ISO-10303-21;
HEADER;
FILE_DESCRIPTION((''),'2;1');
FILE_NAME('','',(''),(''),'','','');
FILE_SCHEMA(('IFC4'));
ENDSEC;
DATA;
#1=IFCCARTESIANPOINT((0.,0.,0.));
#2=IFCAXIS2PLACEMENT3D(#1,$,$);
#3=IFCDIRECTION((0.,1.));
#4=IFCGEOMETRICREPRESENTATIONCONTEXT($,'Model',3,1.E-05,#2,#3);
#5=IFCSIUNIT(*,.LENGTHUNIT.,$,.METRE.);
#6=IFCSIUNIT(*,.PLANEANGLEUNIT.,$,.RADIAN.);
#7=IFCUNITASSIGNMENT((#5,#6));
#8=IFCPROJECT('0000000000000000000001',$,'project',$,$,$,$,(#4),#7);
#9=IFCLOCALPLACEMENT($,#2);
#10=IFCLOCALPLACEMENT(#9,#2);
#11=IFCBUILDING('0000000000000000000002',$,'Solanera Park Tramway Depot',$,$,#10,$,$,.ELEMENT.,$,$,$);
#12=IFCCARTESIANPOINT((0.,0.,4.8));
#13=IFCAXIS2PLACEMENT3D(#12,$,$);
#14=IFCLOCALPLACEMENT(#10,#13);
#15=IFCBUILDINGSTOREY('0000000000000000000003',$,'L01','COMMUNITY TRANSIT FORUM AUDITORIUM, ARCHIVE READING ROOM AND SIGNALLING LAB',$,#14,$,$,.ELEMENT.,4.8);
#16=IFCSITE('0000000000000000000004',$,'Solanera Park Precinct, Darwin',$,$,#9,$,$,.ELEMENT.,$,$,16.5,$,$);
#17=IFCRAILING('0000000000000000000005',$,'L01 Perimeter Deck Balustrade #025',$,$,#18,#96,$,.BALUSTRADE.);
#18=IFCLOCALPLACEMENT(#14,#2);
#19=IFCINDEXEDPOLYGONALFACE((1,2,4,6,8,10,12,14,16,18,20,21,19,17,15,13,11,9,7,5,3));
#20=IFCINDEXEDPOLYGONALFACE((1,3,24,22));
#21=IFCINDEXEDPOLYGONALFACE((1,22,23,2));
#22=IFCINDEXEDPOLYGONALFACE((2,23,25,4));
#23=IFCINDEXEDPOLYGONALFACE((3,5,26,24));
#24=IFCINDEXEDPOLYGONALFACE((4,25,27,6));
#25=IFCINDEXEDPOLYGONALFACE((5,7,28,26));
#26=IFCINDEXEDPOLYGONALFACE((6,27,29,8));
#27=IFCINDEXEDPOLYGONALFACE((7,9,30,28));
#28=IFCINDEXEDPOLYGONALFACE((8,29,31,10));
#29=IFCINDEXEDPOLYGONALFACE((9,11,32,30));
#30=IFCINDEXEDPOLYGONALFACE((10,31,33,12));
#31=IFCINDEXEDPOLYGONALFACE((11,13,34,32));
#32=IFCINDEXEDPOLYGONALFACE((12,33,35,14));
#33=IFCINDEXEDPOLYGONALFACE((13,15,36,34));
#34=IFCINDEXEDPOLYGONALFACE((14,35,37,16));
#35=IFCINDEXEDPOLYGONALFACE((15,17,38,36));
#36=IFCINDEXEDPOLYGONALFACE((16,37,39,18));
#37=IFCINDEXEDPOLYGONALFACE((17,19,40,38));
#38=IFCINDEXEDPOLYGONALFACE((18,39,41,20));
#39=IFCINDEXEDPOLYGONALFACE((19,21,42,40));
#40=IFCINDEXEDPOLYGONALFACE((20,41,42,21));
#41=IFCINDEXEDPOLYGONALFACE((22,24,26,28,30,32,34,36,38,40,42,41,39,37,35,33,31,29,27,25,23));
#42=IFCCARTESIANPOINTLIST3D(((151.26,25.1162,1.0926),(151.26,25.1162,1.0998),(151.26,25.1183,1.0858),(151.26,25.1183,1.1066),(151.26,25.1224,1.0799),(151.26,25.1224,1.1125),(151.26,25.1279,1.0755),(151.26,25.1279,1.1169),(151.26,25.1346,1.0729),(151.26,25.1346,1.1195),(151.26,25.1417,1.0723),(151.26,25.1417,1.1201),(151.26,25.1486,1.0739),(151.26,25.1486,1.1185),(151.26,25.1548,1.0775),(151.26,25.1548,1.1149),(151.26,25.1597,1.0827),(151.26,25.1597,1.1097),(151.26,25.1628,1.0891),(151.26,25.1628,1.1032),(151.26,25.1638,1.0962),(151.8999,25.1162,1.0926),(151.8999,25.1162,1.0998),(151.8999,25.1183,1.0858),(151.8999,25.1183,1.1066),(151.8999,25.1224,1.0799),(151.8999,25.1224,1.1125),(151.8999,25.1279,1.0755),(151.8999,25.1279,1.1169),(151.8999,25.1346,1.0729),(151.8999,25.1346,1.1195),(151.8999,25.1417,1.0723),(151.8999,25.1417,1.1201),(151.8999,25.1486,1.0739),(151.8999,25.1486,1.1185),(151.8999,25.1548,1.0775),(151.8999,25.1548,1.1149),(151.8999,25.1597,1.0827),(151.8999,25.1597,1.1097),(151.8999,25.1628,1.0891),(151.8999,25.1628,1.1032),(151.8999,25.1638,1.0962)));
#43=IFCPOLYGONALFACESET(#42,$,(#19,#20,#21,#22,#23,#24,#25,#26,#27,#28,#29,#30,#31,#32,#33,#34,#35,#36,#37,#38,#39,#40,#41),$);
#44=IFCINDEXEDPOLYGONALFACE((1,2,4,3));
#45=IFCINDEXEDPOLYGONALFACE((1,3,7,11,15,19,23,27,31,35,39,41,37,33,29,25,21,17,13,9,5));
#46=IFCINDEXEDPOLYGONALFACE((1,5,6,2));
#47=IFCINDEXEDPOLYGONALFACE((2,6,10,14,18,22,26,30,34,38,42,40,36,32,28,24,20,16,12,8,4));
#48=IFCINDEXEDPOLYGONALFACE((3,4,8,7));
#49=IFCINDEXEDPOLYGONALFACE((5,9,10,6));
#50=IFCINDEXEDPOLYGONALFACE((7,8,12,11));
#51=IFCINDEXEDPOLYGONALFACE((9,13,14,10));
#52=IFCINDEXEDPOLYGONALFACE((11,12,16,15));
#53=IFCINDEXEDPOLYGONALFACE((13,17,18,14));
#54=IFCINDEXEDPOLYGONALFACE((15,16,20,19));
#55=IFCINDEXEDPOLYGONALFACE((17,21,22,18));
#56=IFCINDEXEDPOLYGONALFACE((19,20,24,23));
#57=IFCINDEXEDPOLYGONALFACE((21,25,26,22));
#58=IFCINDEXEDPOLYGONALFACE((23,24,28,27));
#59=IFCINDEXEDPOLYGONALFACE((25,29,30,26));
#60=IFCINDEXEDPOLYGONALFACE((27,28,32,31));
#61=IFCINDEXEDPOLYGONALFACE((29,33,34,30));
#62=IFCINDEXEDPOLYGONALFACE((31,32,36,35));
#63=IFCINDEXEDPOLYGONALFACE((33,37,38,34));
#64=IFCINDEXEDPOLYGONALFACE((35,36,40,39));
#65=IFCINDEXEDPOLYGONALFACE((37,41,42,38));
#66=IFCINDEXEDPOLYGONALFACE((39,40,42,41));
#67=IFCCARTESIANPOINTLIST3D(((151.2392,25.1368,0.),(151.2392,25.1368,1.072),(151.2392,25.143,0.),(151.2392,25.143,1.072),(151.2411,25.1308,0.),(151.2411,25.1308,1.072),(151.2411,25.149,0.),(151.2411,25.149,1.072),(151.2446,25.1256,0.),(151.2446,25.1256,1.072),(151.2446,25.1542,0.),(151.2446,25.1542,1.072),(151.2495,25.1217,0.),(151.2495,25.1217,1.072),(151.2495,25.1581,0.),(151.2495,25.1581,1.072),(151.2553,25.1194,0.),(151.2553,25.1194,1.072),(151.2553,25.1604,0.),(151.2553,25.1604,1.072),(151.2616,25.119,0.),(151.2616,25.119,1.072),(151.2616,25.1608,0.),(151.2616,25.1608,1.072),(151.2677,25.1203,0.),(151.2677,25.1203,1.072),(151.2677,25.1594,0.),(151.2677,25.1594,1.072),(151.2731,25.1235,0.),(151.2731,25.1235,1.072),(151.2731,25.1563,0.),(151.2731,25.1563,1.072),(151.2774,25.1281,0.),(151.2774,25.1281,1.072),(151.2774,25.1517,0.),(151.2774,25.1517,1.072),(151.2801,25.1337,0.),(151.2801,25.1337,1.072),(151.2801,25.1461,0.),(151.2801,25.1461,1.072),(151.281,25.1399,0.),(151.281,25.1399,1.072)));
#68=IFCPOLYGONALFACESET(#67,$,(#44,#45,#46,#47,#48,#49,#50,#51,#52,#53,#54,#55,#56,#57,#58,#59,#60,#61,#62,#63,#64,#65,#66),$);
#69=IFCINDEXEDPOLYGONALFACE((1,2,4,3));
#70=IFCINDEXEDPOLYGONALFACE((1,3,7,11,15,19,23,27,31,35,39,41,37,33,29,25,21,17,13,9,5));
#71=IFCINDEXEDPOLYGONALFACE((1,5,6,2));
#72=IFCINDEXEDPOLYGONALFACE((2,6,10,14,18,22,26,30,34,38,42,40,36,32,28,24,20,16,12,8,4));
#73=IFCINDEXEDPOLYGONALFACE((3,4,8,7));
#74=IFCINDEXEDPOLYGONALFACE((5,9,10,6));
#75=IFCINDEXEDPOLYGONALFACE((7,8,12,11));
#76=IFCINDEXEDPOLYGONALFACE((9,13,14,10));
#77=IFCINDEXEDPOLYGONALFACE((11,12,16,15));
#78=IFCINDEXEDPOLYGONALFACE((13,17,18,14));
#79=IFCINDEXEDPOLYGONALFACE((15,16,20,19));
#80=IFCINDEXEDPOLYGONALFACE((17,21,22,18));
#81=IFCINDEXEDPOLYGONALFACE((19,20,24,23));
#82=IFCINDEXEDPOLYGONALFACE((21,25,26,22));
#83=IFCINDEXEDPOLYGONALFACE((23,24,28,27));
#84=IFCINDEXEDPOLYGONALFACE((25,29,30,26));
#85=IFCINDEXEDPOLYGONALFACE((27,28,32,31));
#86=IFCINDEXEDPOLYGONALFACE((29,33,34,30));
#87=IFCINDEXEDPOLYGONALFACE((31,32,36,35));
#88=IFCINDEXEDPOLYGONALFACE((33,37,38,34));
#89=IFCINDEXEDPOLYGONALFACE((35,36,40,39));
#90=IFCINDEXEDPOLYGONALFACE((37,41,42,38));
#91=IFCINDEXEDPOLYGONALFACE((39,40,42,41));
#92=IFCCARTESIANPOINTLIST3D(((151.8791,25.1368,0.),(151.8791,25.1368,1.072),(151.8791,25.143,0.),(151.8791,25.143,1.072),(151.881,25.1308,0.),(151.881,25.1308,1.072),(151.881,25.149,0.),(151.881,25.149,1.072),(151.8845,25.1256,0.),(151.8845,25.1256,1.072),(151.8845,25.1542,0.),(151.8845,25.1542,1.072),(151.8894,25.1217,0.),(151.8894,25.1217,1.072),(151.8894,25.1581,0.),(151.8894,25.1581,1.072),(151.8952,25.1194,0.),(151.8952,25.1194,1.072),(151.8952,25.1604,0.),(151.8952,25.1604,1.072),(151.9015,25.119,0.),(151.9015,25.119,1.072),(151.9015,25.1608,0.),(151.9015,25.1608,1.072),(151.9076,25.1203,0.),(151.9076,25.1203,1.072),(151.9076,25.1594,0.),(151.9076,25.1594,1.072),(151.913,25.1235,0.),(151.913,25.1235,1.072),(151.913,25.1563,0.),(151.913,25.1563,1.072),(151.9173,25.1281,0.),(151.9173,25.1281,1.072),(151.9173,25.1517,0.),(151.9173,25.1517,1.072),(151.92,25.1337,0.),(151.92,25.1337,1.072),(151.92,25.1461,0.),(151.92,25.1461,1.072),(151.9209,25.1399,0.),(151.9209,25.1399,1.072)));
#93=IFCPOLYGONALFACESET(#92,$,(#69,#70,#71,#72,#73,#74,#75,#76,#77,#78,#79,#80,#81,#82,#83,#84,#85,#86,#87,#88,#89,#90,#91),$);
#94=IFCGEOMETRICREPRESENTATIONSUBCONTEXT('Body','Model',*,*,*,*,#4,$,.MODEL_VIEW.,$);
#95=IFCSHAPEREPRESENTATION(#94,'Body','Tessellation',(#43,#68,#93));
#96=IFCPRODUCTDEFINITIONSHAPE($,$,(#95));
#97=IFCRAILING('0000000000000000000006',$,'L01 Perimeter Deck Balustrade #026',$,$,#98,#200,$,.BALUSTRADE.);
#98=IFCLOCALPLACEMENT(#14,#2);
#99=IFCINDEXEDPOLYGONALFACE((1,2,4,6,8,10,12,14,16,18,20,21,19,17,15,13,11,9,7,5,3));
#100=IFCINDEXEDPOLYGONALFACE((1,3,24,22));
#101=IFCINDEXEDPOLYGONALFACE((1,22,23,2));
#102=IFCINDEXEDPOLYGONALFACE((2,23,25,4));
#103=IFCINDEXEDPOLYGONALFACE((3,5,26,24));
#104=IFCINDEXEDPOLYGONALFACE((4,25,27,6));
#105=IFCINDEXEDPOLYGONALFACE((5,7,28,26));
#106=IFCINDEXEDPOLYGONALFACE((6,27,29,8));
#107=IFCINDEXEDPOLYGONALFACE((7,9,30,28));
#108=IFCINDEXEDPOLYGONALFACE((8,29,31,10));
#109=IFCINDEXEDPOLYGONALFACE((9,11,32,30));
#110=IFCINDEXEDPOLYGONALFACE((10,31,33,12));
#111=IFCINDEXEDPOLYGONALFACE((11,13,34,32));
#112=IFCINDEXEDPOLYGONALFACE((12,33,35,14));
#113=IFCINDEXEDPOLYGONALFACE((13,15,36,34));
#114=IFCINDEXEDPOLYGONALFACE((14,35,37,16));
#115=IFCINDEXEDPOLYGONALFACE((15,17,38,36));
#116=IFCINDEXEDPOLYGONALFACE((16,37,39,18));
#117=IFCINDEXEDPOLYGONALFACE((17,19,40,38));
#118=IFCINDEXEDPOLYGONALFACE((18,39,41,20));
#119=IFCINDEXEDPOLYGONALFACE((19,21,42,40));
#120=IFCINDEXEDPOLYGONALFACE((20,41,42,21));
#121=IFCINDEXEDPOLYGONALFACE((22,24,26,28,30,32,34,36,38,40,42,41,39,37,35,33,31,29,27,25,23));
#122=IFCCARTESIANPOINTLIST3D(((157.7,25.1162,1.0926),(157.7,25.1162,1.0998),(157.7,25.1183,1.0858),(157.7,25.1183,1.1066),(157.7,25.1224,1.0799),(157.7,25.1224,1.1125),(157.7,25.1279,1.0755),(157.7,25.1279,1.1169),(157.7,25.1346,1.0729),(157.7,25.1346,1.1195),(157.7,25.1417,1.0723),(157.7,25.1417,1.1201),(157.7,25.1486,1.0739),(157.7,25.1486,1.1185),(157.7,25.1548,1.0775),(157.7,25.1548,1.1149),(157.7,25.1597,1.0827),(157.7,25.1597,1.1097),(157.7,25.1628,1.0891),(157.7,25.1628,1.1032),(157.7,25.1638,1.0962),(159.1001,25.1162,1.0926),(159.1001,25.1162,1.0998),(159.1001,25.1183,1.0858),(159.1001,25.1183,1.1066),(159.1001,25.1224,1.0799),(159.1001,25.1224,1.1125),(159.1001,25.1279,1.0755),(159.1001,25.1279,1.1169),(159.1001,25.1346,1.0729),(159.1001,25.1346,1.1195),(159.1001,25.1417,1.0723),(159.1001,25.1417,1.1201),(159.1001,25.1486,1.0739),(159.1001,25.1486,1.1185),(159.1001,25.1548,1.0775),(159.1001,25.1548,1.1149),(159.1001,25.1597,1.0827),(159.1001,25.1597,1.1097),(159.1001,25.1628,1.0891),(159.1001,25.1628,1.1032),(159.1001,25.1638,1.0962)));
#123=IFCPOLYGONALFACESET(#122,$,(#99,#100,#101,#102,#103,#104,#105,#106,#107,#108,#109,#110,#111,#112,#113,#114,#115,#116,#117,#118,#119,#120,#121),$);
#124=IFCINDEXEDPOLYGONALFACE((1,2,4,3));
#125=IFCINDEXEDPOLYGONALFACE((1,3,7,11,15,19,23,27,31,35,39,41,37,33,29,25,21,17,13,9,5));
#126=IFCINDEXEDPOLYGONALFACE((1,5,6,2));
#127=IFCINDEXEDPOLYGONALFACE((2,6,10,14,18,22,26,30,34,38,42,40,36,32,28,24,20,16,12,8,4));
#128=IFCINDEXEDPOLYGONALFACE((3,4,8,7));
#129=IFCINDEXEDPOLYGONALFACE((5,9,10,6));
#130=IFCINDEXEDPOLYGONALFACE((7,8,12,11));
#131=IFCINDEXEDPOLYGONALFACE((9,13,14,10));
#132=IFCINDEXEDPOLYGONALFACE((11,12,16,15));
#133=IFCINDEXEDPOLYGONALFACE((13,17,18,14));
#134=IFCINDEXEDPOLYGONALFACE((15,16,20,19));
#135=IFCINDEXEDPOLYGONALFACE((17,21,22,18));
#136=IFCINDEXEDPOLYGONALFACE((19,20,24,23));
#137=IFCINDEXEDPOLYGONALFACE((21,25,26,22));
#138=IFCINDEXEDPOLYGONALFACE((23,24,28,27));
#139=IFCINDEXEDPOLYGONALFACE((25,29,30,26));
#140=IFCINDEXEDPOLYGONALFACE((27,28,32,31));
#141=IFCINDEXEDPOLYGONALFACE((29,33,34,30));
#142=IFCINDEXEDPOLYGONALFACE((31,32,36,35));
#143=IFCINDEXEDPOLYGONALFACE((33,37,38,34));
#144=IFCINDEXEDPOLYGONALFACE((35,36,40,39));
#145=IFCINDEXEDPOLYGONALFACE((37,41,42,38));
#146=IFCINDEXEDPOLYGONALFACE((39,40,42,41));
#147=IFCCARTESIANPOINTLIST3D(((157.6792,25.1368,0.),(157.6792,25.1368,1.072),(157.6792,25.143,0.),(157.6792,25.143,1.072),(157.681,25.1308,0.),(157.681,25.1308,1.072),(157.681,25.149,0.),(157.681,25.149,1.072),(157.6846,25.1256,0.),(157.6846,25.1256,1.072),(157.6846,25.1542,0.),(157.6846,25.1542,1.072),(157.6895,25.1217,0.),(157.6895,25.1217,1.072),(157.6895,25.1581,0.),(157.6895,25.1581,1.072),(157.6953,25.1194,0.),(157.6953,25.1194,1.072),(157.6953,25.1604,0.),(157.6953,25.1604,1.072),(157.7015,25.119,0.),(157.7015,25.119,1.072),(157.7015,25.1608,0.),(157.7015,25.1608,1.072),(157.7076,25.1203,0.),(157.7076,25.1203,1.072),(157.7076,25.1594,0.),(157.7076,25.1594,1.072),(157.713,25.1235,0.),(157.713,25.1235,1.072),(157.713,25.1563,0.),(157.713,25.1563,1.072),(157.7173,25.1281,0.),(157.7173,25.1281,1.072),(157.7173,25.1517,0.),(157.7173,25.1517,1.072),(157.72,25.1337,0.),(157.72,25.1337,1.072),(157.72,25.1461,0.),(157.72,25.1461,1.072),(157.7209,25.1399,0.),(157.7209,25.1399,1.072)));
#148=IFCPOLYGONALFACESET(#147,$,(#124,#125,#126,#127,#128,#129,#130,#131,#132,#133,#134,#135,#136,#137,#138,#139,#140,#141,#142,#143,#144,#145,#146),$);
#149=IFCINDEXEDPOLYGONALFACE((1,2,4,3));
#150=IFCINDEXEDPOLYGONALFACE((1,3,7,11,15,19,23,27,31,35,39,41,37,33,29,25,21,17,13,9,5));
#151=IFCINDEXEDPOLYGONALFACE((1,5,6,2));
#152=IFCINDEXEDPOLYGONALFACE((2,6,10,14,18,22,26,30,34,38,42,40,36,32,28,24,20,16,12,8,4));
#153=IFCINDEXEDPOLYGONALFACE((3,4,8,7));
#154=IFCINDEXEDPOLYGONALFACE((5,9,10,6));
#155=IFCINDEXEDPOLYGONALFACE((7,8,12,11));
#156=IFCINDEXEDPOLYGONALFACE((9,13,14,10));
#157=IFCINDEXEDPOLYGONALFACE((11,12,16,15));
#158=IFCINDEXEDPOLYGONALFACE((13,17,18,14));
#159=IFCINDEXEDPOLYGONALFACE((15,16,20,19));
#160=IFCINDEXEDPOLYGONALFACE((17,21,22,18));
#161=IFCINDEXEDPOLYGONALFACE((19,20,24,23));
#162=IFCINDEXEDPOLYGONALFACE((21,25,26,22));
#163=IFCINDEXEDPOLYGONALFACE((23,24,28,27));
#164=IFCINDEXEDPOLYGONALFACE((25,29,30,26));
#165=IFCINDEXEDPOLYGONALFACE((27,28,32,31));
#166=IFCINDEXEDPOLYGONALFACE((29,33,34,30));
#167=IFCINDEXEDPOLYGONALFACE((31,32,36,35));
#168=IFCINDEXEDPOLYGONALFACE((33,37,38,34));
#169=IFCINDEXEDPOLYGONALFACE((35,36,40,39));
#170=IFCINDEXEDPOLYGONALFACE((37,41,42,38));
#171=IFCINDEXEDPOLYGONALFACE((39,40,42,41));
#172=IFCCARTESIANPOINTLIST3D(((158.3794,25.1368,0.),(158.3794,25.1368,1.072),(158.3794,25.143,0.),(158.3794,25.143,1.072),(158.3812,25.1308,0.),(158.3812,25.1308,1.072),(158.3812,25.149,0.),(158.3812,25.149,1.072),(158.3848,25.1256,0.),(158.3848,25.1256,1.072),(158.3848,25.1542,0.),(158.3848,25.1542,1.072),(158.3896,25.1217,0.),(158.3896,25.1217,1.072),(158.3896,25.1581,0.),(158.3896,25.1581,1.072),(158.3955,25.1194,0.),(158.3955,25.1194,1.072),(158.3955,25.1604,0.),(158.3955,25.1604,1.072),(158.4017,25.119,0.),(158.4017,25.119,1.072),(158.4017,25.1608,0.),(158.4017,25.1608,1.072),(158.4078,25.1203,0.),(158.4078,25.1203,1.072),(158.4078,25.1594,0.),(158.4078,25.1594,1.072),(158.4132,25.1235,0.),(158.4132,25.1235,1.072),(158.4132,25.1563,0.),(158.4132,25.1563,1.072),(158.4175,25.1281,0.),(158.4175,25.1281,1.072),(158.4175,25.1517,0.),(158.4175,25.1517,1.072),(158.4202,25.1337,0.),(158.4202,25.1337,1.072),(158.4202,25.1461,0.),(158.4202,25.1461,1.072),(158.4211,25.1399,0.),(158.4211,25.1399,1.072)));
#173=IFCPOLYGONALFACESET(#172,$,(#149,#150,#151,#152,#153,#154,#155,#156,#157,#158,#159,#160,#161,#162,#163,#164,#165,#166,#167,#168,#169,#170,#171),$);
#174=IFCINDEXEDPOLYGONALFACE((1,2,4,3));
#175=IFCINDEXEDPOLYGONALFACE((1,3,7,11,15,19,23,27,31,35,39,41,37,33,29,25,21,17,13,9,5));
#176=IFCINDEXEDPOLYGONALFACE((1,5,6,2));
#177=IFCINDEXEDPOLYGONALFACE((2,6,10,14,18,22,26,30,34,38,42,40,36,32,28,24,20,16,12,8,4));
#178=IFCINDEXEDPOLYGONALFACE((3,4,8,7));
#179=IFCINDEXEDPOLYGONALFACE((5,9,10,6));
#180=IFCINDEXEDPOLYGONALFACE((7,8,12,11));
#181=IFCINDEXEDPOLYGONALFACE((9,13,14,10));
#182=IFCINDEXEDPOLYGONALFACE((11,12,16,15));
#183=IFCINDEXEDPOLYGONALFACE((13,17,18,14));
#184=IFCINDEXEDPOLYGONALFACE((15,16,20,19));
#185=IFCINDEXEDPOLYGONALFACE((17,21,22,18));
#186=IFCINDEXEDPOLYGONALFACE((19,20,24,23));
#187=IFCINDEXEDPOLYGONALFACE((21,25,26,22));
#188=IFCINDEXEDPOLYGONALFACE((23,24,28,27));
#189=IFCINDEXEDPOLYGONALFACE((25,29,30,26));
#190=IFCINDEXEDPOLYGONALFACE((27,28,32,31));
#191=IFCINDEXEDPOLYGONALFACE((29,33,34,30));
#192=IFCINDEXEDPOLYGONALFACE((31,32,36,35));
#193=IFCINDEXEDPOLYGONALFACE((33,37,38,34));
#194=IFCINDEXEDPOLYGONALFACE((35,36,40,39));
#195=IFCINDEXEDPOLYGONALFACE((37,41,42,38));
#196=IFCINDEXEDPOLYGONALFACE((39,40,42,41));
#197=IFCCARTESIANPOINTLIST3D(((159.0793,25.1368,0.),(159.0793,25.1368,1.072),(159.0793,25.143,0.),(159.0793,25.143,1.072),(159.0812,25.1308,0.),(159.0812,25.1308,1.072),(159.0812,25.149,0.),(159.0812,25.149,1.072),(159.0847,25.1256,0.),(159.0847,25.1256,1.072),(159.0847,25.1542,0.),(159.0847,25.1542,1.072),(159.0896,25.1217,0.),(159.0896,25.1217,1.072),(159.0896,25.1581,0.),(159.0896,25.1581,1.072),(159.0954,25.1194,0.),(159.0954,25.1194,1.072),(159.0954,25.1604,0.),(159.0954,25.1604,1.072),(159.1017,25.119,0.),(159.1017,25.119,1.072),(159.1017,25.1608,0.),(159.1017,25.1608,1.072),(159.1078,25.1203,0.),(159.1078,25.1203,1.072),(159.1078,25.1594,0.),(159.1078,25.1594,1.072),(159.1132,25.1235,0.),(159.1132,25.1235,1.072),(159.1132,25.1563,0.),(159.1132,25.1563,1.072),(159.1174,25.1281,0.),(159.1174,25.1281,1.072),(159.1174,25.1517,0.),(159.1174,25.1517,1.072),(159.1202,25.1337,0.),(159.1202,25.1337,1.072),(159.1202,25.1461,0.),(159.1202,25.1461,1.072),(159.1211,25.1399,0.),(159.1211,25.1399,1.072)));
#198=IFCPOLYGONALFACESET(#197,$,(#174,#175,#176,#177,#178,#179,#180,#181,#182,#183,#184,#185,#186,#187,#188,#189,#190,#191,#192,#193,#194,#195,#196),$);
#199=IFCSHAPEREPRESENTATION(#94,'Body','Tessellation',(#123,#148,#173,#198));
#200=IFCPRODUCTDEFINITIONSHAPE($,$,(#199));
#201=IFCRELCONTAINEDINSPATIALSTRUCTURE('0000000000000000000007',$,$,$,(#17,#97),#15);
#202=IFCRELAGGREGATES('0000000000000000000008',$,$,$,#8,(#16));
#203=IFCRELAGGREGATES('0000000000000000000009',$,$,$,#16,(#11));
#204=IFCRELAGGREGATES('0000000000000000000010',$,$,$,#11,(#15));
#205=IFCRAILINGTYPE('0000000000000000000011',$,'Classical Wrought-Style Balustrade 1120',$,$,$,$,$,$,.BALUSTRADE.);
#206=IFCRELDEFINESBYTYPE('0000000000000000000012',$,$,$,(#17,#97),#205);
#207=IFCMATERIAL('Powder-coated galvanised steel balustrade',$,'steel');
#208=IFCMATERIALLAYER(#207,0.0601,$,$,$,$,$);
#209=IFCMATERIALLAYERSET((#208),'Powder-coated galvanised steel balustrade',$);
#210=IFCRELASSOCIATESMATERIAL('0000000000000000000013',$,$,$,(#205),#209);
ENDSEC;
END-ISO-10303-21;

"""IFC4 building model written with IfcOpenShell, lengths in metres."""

from ifc_helpers import new_model, si_unit, direction, frame, origin, origin_2d, place, context, subcontext, project, spatial, circle, extrude, material, layer, layer_set, type_object, element, save


model = new_model("IFC4")

# Units and contexts
model_context = context("Model", 3, precision=1e-05, world=origin(), true_north=direction((0.0, 1.0)))
body_context = subcontext(model_context, "Body", "Model", "MODEL_VIEW")
ifc_project = project(units=[si_unit("LENGTHUNIT", "METRE"), si_unit("PLANEANGLEUNIT", "RADIAN")], contexts=[model_context])

# Site, building, storey
site_placement = place(None, origin())
site = spatial("IfcSite", under=ifc_project, at=site_placement, Name="Solanera Park Precinct, Darwin", CompositionType="ELEMENT", RefElevation=16.5)
building_placement = place(site_placement, origin())
building = spatial("IfcBuilding", under=site, at=building_placement, Name="Solanera Park Tramway Depot", CompositionType="ELEMENT")
storey_placement = place(building_placement, frame((0.0, 0.0, 4.8)))
storey = spatial("IfcBuildingStorey", under=building, at=storey_placement, Name="L01", Description="COMMUNITY TRANSIT FORUM AUDITORIUM, ARCHIVE READING ROOM AND SIGNALLING LAB", CompositionType="ELEMENT", Elevation=4.8)

# Railings
ifc_material_1 = material(Name="Powder-coated galvanised steel balustrade", Category="steel")
ifc_layer_1 = layer(ifc_material_1, 0.0601)
ifc_layer_set_1 = layer_set([ifc_layer_1], Name="Powder-coated galvanised steel balustrade")
railing_type_1 = type_object("IfcRailingType", Name="Classical Wrought-Style Balustrade 1120", PredefinedType="BALUSTRADE", material=ifc_layer_set_1)
railing_1_placement = place(storey_placement, frame((151.26, 25.1399, 0.0)))
element("IfcRailing", 1, at=railing_1_placement, inside=storey, type_object=railing_type_1, Name="L01 Perimeter Deck Balustrade #025", PredefinedType="BALUSTRADE", context=body_context, shape_type="SweptSolid", body=[
    extrude(circle(Radius=0.0239, at=origin_2d()), frame((0.0, 0.0, 1.0962), z_axis=(1.0, 0.0, 0.0), x_axis=(0.0, 1.0, 0.0)), (0.0, 0.0, 1.0), 0.6399),
    extrude(circle(Radius=0.021, at=origin_2d()), origin(), (0.0, 0.0, 1.0), 1.072),
    extrude(circle(Radius=0.021, at=origin_2d()), frame((0.6399, 0.0, 0.0)), (0.0, 0.0, 1.0), 1.072),
])
railing_2_placement = place(storey_placement, frame((157.7, 25.1399, 0.0)))
element("IfcRailing", 2, at=railing_2_placement, inside=storey, type_object=railing_type_1, Name="L01 Perimeter Deck Balustrade #026", PredefinedType="BALUSTRADE", context=body_context, shape_type="SweptSolid", body=[
    extrude(circle(Radius=0.0239, at=origin_2d()), frame((0.0, 0.0, 1.0962), z_axis=(1.0, 0.0, 0.0), x_axis=(0.0, 1.0, 0.0)), (0.0, 0.0, 1.0), 1.4001),
    extrude(circle(Radius=0.021, at=origin_2d()), origin(), (0.0, 0.0, 1.0), 1.072),
    extrude(circle(Radius=0.021, at=origin_2d()), frame((0.7002, 0.0, 0.0)), (0.0, 0.0, 1.0), 1.072),
    extrude(circle(Radius=0.021, at=origin_2d()), frame((1.4001, 0.0, 0.0)), (0.0, 0.0, 1.0), 1.072),
])

save(model, "model.ifc")
